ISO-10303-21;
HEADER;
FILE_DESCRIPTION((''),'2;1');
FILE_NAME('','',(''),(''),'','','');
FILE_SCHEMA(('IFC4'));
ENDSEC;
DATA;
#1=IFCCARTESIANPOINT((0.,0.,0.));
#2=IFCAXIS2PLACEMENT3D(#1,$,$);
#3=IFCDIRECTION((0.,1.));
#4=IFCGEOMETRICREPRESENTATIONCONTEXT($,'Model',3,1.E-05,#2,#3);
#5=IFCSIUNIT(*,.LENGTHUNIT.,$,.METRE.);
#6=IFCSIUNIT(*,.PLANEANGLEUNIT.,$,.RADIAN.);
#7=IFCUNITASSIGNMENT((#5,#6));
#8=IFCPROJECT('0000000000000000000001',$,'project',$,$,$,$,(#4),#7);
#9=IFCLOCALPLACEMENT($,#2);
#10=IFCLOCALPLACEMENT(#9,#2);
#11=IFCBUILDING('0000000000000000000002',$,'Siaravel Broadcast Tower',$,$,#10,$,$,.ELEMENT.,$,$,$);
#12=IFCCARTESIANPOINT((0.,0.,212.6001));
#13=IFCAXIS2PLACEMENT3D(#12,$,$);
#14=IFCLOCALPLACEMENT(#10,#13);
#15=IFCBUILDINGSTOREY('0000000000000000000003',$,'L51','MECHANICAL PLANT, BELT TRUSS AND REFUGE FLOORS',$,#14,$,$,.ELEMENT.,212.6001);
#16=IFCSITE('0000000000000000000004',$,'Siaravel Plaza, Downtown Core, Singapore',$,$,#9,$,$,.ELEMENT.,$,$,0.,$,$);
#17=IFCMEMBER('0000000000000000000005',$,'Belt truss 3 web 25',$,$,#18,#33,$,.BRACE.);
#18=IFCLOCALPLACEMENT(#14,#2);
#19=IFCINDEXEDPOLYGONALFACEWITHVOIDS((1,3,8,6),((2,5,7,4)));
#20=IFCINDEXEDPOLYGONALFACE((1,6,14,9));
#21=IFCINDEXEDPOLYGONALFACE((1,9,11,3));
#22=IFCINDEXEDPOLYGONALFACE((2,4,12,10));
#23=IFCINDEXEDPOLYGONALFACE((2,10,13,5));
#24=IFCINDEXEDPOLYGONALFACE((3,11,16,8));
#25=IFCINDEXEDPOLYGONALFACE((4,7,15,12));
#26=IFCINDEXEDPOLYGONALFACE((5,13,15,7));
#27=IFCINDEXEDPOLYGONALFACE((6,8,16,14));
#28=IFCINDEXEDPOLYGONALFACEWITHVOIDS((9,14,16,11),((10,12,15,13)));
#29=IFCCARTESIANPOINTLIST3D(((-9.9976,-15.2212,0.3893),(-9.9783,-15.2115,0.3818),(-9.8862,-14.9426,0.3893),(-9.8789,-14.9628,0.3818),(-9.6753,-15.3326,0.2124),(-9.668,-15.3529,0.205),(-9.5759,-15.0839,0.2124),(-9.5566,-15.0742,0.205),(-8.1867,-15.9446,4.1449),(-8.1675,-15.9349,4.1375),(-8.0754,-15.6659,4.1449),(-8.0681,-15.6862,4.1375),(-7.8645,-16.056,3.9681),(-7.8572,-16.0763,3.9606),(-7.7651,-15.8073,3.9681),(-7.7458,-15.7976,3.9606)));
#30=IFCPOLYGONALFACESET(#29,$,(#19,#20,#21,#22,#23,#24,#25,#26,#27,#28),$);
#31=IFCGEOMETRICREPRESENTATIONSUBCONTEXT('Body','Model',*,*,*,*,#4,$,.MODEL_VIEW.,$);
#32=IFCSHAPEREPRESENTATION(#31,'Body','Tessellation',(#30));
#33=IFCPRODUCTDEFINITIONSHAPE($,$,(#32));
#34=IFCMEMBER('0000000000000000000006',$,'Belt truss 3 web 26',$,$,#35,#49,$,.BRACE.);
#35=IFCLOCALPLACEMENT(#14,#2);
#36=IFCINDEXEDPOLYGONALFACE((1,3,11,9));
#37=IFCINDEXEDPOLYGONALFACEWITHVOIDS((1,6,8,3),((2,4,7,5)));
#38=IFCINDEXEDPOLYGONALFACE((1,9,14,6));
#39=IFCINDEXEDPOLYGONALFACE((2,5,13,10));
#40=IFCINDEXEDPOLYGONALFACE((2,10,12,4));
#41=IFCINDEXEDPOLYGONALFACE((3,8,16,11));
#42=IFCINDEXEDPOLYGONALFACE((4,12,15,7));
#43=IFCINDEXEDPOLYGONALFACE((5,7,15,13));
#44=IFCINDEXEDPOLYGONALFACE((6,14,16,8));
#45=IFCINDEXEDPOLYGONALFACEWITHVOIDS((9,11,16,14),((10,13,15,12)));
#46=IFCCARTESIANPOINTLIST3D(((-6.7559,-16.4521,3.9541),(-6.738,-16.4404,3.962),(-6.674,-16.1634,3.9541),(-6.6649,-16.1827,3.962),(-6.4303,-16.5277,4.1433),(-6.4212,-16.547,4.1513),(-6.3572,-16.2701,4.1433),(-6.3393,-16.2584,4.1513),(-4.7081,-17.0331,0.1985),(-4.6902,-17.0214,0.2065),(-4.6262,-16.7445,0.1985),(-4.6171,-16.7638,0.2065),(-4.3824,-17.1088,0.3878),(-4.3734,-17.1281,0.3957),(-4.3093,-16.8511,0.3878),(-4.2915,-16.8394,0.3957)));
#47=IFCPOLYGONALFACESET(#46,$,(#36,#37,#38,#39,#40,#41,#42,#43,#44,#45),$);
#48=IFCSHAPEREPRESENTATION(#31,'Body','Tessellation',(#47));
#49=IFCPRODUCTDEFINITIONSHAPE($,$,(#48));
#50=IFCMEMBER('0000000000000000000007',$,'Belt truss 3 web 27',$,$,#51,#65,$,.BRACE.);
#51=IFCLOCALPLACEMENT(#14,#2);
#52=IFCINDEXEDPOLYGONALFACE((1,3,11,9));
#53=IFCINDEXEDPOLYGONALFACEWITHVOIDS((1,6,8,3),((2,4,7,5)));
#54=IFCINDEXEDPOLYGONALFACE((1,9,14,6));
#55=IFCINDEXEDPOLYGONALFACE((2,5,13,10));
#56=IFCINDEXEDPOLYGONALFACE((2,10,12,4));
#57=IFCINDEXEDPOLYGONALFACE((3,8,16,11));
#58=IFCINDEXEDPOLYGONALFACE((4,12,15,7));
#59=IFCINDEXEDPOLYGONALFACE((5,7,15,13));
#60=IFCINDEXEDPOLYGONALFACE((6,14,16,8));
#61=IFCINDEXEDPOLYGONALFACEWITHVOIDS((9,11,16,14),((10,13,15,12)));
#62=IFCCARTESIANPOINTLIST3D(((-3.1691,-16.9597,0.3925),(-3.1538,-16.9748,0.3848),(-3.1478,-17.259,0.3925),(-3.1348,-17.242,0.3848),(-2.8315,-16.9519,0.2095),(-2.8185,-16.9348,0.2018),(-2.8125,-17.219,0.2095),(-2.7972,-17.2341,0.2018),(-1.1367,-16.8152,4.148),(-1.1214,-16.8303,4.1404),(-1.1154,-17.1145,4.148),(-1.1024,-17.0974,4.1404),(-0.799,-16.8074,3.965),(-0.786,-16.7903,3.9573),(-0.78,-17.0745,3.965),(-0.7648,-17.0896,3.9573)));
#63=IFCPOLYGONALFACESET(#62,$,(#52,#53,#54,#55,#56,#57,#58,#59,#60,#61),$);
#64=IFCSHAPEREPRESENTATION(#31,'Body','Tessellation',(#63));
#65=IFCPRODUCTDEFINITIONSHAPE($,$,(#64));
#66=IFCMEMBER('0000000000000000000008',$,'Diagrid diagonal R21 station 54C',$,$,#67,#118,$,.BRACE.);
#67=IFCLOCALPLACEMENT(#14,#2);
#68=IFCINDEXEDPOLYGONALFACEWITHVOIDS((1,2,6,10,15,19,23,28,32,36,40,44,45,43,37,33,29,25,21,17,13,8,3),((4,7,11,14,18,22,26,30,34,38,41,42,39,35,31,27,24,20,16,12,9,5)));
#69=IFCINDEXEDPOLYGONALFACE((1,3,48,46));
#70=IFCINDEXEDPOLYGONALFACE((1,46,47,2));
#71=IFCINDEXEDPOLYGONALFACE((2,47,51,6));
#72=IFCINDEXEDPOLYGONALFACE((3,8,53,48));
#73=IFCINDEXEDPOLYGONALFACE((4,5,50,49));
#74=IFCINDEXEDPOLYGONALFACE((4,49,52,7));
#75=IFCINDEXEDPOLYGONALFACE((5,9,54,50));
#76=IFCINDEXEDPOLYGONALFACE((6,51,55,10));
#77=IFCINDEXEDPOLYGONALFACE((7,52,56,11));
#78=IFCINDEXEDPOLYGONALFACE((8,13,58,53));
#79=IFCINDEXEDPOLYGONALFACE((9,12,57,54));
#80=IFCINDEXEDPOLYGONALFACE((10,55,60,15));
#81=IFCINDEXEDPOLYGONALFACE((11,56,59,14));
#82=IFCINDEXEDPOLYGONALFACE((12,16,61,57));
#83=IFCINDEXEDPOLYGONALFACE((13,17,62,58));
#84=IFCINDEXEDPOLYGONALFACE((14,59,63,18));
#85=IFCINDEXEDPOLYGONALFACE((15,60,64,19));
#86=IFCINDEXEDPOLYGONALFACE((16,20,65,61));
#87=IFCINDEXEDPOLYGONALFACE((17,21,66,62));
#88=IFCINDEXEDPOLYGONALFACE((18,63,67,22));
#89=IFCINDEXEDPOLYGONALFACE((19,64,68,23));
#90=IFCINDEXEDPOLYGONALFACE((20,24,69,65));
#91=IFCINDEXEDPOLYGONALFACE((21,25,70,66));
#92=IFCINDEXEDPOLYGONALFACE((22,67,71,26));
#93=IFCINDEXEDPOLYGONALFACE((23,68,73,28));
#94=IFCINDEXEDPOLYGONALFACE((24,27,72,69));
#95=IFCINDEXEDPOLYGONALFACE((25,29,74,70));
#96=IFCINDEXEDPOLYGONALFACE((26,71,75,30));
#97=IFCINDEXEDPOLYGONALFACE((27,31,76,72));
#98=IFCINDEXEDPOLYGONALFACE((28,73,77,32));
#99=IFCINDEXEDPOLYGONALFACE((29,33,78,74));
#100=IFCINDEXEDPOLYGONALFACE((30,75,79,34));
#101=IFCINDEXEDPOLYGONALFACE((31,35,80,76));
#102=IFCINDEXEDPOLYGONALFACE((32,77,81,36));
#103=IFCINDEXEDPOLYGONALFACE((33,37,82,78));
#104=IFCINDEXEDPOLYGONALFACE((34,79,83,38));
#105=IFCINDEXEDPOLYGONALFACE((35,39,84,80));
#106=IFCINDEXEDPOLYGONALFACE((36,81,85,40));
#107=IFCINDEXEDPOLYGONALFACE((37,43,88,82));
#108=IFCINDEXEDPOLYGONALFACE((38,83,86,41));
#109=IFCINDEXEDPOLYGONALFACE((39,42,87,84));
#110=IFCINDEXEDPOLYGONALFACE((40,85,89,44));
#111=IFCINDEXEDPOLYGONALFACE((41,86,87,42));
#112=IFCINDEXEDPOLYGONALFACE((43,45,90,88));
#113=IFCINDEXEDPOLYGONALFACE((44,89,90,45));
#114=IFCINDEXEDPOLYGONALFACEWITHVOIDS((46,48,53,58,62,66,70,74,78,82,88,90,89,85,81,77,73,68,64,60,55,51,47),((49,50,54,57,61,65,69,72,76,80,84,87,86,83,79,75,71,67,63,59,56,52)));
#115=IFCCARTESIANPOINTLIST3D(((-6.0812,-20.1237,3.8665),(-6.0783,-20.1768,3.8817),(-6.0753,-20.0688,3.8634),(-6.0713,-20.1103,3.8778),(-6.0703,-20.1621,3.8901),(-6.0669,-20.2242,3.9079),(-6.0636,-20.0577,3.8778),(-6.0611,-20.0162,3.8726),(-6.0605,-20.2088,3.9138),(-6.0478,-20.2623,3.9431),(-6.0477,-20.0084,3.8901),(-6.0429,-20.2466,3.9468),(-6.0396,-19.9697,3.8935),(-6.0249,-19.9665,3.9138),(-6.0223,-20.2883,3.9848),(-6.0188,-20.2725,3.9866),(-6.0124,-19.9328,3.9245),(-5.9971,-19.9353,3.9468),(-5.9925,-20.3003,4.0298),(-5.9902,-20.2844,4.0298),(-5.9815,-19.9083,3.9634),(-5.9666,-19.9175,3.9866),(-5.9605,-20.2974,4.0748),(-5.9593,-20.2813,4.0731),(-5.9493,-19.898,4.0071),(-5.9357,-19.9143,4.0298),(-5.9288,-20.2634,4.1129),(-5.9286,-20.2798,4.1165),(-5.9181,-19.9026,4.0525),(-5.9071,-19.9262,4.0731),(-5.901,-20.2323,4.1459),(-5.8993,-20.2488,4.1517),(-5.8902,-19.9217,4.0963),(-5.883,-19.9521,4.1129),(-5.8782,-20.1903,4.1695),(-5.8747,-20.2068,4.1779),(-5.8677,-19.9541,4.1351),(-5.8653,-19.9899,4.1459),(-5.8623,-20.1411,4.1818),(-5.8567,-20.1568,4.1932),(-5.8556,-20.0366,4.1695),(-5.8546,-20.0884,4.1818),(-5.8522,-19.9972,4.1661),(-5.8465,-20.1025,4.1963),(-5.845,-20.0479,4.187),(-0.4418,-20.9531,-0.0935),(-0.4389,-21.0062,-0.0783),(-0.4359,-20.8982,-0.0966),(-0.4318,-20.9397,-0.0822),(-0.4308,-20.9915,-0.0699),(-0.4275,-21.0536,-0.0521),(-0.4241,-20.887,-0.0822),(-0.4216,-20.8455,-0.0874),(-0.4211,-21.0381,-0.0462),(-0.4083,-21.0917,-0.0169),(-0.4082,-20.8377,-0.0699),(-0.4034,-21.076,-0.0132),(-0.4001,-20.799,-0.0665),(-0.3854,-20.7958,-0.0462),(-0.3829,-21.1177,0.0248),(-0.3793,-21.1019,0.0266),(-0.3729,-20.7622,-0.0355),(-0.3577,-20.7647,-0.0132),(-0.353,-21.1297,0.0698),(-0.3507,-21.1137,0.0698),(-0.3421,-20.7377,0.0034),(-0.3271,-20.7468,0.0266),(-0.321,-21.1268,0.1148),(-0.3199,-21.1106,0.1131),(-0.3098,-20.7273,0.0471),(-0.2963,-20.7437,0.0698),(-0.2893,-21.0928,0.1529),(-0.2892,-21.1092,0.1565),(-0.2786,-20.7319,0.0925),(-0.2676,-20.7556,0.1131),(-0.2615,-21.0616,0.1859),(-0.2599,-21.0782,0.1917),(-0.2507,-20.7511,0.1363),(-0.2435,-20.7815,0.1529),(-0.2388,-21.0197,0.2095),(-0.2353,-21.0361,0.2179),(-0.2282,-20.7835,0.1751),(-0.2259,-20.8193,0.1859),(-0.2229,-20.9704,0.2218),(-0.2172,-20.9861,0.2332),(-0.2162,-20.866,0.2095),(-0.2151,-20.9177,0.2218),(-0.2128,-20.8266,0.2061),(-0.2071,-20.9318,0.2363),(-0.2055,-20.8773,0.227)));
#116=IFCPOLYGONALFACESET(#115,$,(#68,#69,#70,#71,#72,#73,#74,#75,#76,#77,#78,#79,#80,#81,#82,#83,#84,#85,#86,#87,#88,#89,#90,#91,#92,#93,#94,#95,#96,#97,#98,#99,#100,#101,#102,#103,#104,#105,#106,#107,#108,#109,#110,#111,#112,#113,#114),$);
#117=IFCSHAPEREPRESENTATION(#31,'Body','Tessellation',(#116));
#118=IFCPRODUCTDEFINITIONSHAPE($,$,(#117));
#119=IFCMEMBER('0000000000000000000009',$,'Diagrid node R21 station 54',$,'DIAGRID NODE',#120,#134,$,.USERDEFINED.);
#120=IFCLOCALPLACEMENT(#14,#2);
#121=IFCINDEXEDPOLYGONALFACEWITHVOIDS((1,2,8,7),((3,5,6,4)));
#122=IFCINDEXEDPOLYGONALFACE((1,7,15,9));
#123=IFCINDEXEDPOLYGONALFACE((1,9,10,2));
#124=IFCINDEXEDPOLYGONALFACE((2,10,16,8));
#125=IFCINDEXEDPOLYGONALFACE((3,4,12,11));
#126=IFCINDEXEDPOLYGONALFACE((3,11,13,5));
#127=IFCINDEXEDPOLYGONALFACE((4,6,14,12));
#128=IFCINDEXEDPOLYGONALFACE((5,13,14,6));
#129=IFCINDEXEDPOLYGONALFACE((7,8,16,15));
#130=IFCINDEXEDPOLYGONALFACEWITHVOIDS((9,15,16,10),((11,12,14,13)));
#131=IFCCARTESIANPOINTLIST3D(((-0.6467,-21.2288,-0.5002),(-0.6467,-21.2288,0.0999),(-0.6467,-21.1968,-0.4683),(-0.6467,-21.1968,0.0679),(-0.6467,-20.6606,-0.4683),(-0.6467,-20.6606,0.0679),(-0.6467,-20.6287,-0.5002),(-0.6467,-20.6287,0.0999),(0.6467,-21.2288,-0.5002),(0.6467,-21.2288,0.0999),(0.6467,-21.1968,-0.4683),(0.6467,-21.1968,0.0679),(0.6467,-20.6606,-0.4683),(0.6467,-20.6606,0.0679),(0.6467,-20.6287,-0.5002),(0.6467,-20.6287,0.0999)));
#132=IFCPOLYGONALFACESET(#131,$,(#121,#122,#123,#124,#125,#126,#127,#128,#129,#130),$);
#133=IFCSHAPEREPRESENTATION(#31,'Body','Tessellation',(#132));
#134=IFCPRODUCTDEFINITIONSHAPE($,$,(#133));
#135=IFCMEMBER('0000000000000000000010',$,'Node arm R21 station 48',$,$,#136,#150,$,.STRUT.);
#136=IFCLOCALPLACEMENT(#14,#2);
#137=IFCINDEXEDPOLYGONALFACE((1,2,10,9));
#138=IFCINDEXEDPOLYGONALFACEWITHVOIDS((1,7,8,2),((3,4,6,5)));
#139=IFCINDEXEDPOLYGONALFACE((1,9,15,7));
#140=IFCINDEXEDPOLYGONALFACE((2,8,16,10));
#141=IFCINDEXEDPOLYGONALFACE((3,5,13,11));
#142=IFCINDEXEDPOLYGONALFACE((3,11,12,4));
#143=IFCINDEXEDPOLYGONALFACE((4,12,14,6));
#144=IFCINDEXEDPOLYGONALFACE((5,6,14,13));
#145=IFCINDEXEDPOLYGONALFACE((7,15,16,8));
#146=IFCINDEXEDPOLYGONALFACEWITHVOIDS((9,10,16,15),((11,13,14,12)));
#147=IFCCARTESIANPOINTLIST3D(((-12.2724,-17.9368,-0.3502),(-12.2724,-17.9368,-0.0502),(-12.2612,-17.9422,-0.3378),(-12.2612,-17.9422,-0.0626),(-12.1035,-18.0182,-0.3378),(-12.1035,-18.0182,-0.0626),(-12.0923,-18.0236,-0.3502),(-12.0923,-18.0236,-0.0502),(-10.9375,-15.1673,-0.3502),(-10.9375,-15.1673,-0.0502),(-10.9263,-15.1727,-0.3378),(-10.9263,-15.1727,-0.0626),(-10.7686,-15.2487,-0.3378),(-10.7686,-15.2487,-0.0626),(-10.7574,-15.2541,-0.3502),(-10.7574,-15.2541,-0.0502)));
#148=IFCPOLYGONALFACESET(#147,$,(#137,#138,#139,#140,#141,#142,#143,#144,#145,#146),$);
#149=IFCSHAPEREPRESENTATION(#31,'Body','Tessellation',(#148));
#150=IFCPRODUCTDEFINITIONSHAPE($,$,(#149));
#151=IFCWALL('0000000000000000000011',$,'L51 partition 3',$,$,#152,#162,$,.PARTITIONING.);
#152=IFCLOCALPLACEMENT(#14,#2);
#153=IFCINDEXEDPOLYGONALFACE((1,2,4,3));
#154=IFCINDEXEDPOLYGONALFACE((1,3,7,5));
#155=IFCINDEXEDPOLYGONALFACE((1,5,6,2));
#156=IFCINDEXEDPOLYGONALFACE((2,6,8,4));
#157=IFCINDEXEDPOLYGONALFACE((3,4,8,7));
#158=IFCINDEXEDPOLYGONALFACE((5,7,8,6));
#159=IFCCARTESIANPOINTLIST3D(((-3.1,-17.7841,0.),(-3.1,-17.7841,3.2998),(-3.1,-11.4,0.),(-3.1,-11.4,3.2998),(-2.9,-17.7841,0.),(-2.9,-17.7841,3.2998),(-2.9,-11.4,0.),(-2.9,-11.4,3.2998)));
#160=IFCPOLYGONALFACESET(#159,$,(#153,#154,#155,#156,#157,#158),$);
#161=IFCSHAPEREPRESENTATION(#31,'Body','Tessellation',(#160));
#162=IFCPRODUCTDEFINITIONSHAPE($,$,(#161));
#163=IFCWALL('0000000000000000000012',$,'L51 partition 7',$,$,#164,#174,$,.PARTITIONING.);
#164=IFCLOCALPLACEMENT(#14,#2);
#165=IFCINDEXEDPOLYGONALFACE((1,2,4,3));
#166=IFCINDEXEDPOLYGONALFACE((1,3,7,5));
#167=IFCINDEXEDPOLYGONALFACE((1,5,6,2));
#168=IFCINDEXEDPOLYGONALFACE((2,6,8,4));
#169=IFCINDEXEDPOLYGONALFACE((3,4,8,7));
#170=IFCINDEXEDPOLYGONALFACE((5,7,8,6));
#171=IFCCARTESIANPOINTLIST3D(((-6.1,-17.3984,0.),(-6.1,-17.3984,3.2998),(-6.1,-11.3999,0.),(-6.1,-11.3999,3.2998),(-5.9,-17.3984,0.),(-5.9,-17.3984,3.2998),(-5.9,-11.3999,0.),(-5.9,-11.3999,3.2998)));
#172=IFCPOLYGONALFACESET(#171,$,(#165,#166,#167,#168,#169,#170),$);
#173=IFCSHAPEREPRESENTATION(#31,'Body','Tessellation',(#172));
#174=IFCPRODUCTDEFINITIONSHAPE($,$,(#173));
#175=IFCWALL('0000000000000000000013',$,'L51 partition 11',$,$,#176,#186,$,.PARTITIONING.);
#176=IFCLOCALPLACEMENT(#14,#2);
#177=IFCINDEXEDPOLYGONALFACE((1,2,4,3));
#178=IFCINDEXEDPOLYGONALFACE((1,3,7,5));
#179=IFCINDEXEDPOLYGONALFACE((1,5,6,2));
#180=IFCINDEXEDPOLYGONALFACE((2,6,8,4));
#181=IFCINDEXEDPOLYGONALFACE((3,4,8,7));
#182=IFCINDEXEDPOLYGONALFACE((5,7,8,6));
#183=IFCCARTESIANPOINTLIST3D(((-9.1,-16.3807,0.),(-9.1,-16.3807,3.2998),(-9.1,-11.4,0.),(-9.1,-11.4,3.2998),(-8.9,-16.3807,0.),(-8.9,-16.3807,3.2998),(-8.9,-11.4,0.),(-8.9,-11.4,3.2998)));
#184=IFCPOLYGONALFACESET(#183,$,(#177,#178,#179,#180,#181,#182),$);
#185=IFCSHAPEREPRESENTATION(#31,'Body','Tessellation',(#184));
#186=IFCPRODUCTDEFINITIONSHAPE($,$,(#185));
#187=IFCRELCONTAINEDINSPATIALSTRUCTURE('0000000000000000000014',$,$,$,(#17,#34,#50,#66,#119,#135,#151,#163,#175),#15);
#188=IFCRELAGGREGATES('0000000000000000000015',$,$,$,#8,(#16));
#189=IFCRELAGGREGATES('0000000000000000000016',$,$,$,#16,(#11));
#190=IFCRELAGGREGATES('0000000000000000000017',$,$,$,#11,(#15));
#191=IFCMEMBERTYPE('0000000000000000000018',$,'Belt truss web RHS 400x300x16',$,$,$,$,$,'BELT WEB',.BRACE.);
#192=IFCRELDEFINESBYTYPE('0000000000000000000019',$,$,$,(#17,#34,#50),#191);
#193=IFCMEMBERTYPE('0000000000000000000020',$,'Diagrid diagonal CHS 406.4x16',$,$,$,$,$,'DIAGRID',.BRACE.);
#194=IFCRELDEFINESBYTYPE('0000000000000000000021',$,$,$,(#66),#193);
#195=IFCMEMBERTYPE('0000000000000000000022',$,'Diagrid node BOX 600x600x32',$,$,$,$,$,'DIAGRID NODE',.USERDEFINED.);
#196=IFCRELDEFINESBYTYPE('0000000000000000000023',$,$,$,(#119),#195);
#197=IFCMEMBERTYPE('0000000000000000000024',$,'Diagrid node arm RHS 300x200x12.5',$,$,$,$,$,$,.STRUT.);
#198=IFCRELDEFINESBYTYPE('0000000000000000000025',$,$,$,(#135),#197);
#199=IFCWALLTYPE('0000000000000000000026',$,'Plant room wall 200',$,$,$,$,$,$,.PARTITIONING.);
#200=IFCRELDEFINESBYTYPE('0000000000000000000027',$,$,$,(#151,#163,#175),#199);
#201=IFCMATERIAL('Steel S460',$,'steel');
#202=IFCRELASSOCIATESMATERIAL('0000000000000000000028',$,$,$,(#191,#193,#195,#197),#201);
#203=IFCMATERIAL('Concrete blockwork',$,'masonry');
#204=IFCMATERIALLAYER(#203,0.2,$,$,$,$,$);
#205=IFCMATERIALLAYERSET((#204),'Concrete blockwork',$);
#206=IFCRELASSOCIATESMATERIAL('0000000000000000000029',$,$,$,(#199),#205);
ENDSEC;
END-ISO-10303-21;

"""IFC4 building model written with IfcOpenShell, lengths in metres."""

from ifc_helpers import new_model, si_unit, direction, frame, frame_2d, origin, origin_2d, place, context, subcontext, project, spatial, rectangle, hollow_rectangle, hollow_circle, extrude, material, layer, layer_set, material_profile, profile_set, type_object, element, save


model = new_model("IFC4")

# Units and contexts
model_context = context("Model", 3, precision=1e-05, world=origin(), true_north=direction((0.0, 1.0)))
body_context = subcontext(model_context, "Body", "Model", "MODEL_VIEW")
ifc_project = project(units=[si_unit("LENGTHUNIT", "METRE"), si_unit("PLANEANGLEUNIT", "RADIAN")], contexts=[model_context])

# Site, building, storey
site_placement = place(None, origin())
site = spatial("IfcSite", under=ifc_project, at=site_placement, Name="Siaravel Plaza, Downtown Core, Singapore", CompositionType="ELEMENT", RefElevation=0.0)
building_placement = place(site_placement, origin())
building = spatial("IfcBuilding", under=site, at=building_placement, Name="Siaravel Broadcast Tower", CompositionType="ELEMENT")
storey_placement = place(building_placement, frame((0.0, 0.0, 212.6001)))
storey = spatial("IfcBuildingStorey", under=building, at=storey_placement, Name="L51", Description="MECHANICAL PLANT, BELT TRUSS AND REFUGE FLOORS", CompositionType="ELEMENT", Elevation=212.6001)

# Shared definitions
ifc_material_1 = material(Name="Steel S460", Category="steel")

# Members
ifc_material_profile_1 = material_profile(ifc_material_1, hollow_rectangle(XDim=0.3, YDim=0.3999, WallThickness=0.0161, at=origin_2d()))
ifc_profile_set_1 = profile_set([ifc_material_profile_1], Name="Steel S460")
member_type_1 = type_object("IfcMemberType", Name="Belt truss web RHS 400x300x16", ElementType="BELT WEB", PredefinedType="BRACE", material=ifc_profile_set_1)
member_1_placement = place(storey_placement, frame((-9.7771, -15.1477, 0.2971), z_axis=(0.427916, -0.170947, 0.887505), x_axis=(0.37098, 0.928641, 0.0)))
element("IfcMember", 1, at=member_1_placement, inside=storey, type_object=member_type_1, Name="Belt truss 3 web 25", PredefinedType="BRACE", context=body_context, shape_type="SweptSolid", body=[
    extrude(hollow_rectangle(XDim=0.3, YDim=0.3999, WallThickness=0.0161, at=origin_2d()), origin(), (0.0, 0.0, 1.0), 4.2317),
])
member_2_placement = place(storey_placement, frame((-4.4998, -16.9363, 0.2971), z_axis=(-0.474376, 0.134599, 0.869972), x_axis=(-0.272964, -0.962024, 0.0)))
element("IfcMember", 2, at=member_2_placement, inside=storey, type_object=member_type_1, Name="Belt truss 3 web 26", PredefinedType="BRACE", context=body_context, shape_type="SweptSolid", body=[
    extrude(hollow_rectangle(XDim=0.3, YDim=0.3999, WallThickness=0.0161, at=origin_2d()), origin(), (0.0, 0.0, 1.0), 4.3169),
])
member_3_placement = place(storey_placement, frame((-2.9832, -17.0969, 0.2971), z_axis=(0.475681, 0.033826, 0.878967), x_axis=(-0.070932, 0.997481, 0.0)))
element("IfcMember", 3, at=member_3_placement, inside=storey, type_object=member_type_1, Name="Belt truss 3 web 27", PredefinedType="BRACE", context=body_context, shape_type="SweptSolid", body=[
    extrude(hollow_rectangle(XDim=0.3, YDim=0.3999, WallThickness=0.0161, at=origin_2d()), origin(), (0.0, 0.0, 1.0), 4.2727),
])
ifc_material_profile_2 = material_profile(ifc_material_1, hollow_circle(Radius=0.2031, WallThickness=0.0161, at=origin_2d()))
ifc_profile_set_2 = profile_set([ifc_material_profile_2], Name="Steel S460")
member_type_2 = type_object("IfcMemberType", Name="Diagrid diagonal CHS 406.4x16", ElementType="DIAGRID", PredefinedType="BRACE", material=ifc_profile_set_2)
member_4_placement = place(storey_placement, frame((-0.3235, -20.9287, 0.0698), z_axis=(-0.812524, 0.119492, 0.57055), x_axis=(-0.145498, -0.989359, 0.0)))
element("IfcMember", 4, at=member_4_placement, inside=storey, type_object=member_type_2, Name="Diagrid diagonal R21 station 54C", PredefinedType="BRACE", context=body_context, shape_type="SweptSolid", body=[
    extrude(hollow_circle(Radius=0.2031, WallThickness=0.0161, at=origin_2d()), origin(), (0.0, 0.0, 1.0), 6.9407),
])
ifc_material_profile_3 = material_profile(ifc_material_1, hollow_rectangle(XDim=0.6001, YDim=0.6001, WallThickness=0.032, at=origin_2d()))
ifc_profile_set_3 = profile_set([ifc_material_profile_3], Name="Steel S460")
member_type_3 = type_object("IfcMemberType", Name="Diagrid node BOX 600x600x32", ElementType="DIAGRID NODE", PredefinedType="USERDEFINED", material=ifc_profile_set_3)
member_5_placement = place(storey_placement, frame((-0.6467, -20.9287, -0.2002), z_axis=(1.0, 0.0, 0.0), x_axis=(0.0, 1.0, 0.0)))
element("IfcMember", 5, at=member_5_placement, inside=storey, type_object=member_type_3, Name="Diagrid node R21 station 54", ObjectType="DIAGRID NODE", PredefinedType="USERDEFINED", context=body_context, shape_type="SweptSolid", body=[
    extrude(hollow_rectangle(XDim=0.6001, YDim=0.6001, WallThickness=0.032, at=origin_2d()), origin(), (0.0, 0.0, 1.0), 1.2935),
])
ifc_material_profile_4 = material_profile(ifc_material_1, hollow_rectangle(XDim=0.2, YDim=0.3, WallThickness=0.0125, at=origin_2d()))
ifc_profile_set_4 = profile_set([ifc_material_profile_4], Name="Steel S460")
member_type_4 = type_object("IfcMemberType", Name="Diagrid node arm RHS 300x200x12.5", PredefinedType="STRUT", material=ifc_profile_set_4)
member_6_placement = place(storey_placement, frame((-10.8474, -15.2107, -0.2002), z_axis=(-0.434207, -0.900813, 0.0), x_axis=(0.900813, -0.434207, 0.0)))
element("IfcMember", 6, at=member_6_placement, inside=storey, type_object=member_type_4, Name="Node arm R21 station 48", PredefinedType="STRUT", context=body_context, shape_type="SweptSolid", body=[
    extrude(hollow_rectangle(XDim=0.2, YDim=0.3, WallThickness=0.0125, at=origin_2d()), origin(), (0.0, 0.0, 1.0), 3.0745),
])

# Walls
ifc_material_2 = material(Name="Concrete blockwork", Category="masonry")
ifc_layer_1 = layer(ifc_material_2, 0.2)
ifc_layer_set_1 = layer_set([ifc_layer_1], Name="Concrete blockwork")
wall_type_1 = type_object("IfcWallType", Name="Plant room wall 200", PredefinedType="PARTITIONING", material=ifc_layer_set_1)
wall_1_placement = place(storey_placement, frame((-3.0, -17.7839, 0.0), z_axis=(0.0, 0.0, 1.0), x_axis=(0.0, 1.0, 0.0)))
element("IfcWall", 7, at=wall_1_placement, inside=storey, type_object=wall_type_1, Name="L51 partition 3", PredefinedType="PARTITIONING", context=body_context, shape_type="SweptSolid", body=[
    extrude(rectangle(XDim=6.384, YDim=0.2, at=frame_2d((3.1919, 0.0))), origin(), (0.0, 0.0, 1.0), 3.2998),
])
wall_2_placement = place(storey_placement, frame((-6.0, -17.3984, 0.0), z_axis=(0.0, 0.0, 1.0), x_axis=(0.0, 1.0, 0.0)))
element("IfcWall", 8, at=wall_2_placement, inside=storey, type_object=wall_type_1, Name="L51 partition 7", PredefinedType="PARTITIONING", context=body_context, shape_type="SweptSolid", body=[
    extrude(rectangle(XDim=5.9985, YDim=0.2, at=frame_2d((2.9993, 0.0))), origin(), (0.0, 0.0, 1.0), 3.2998),
])
wall_3_placement = place(storey_placement, frame((-9.0, -16.3806, 0.0), z_axis=(0.0, 0.0, 1.0), x_axis=(0.0, 1.0, 0.0)))
element("IfcWall", 9, at=wall_3_placement, inside=storey, type_object=wall_type_1, Name="L51 partition 11", PredefinedType="PARTITIONING", context=body_context, shape_type="SweptSolid", body=[
    extrude(rectangle(XDim=4.9807, YDim=0.2, at=frame_2d((2.4902, 0.0))), origin(), (0.0, 0.0, 1.0), 3.2998),
])

save(model, "model.ifc")
